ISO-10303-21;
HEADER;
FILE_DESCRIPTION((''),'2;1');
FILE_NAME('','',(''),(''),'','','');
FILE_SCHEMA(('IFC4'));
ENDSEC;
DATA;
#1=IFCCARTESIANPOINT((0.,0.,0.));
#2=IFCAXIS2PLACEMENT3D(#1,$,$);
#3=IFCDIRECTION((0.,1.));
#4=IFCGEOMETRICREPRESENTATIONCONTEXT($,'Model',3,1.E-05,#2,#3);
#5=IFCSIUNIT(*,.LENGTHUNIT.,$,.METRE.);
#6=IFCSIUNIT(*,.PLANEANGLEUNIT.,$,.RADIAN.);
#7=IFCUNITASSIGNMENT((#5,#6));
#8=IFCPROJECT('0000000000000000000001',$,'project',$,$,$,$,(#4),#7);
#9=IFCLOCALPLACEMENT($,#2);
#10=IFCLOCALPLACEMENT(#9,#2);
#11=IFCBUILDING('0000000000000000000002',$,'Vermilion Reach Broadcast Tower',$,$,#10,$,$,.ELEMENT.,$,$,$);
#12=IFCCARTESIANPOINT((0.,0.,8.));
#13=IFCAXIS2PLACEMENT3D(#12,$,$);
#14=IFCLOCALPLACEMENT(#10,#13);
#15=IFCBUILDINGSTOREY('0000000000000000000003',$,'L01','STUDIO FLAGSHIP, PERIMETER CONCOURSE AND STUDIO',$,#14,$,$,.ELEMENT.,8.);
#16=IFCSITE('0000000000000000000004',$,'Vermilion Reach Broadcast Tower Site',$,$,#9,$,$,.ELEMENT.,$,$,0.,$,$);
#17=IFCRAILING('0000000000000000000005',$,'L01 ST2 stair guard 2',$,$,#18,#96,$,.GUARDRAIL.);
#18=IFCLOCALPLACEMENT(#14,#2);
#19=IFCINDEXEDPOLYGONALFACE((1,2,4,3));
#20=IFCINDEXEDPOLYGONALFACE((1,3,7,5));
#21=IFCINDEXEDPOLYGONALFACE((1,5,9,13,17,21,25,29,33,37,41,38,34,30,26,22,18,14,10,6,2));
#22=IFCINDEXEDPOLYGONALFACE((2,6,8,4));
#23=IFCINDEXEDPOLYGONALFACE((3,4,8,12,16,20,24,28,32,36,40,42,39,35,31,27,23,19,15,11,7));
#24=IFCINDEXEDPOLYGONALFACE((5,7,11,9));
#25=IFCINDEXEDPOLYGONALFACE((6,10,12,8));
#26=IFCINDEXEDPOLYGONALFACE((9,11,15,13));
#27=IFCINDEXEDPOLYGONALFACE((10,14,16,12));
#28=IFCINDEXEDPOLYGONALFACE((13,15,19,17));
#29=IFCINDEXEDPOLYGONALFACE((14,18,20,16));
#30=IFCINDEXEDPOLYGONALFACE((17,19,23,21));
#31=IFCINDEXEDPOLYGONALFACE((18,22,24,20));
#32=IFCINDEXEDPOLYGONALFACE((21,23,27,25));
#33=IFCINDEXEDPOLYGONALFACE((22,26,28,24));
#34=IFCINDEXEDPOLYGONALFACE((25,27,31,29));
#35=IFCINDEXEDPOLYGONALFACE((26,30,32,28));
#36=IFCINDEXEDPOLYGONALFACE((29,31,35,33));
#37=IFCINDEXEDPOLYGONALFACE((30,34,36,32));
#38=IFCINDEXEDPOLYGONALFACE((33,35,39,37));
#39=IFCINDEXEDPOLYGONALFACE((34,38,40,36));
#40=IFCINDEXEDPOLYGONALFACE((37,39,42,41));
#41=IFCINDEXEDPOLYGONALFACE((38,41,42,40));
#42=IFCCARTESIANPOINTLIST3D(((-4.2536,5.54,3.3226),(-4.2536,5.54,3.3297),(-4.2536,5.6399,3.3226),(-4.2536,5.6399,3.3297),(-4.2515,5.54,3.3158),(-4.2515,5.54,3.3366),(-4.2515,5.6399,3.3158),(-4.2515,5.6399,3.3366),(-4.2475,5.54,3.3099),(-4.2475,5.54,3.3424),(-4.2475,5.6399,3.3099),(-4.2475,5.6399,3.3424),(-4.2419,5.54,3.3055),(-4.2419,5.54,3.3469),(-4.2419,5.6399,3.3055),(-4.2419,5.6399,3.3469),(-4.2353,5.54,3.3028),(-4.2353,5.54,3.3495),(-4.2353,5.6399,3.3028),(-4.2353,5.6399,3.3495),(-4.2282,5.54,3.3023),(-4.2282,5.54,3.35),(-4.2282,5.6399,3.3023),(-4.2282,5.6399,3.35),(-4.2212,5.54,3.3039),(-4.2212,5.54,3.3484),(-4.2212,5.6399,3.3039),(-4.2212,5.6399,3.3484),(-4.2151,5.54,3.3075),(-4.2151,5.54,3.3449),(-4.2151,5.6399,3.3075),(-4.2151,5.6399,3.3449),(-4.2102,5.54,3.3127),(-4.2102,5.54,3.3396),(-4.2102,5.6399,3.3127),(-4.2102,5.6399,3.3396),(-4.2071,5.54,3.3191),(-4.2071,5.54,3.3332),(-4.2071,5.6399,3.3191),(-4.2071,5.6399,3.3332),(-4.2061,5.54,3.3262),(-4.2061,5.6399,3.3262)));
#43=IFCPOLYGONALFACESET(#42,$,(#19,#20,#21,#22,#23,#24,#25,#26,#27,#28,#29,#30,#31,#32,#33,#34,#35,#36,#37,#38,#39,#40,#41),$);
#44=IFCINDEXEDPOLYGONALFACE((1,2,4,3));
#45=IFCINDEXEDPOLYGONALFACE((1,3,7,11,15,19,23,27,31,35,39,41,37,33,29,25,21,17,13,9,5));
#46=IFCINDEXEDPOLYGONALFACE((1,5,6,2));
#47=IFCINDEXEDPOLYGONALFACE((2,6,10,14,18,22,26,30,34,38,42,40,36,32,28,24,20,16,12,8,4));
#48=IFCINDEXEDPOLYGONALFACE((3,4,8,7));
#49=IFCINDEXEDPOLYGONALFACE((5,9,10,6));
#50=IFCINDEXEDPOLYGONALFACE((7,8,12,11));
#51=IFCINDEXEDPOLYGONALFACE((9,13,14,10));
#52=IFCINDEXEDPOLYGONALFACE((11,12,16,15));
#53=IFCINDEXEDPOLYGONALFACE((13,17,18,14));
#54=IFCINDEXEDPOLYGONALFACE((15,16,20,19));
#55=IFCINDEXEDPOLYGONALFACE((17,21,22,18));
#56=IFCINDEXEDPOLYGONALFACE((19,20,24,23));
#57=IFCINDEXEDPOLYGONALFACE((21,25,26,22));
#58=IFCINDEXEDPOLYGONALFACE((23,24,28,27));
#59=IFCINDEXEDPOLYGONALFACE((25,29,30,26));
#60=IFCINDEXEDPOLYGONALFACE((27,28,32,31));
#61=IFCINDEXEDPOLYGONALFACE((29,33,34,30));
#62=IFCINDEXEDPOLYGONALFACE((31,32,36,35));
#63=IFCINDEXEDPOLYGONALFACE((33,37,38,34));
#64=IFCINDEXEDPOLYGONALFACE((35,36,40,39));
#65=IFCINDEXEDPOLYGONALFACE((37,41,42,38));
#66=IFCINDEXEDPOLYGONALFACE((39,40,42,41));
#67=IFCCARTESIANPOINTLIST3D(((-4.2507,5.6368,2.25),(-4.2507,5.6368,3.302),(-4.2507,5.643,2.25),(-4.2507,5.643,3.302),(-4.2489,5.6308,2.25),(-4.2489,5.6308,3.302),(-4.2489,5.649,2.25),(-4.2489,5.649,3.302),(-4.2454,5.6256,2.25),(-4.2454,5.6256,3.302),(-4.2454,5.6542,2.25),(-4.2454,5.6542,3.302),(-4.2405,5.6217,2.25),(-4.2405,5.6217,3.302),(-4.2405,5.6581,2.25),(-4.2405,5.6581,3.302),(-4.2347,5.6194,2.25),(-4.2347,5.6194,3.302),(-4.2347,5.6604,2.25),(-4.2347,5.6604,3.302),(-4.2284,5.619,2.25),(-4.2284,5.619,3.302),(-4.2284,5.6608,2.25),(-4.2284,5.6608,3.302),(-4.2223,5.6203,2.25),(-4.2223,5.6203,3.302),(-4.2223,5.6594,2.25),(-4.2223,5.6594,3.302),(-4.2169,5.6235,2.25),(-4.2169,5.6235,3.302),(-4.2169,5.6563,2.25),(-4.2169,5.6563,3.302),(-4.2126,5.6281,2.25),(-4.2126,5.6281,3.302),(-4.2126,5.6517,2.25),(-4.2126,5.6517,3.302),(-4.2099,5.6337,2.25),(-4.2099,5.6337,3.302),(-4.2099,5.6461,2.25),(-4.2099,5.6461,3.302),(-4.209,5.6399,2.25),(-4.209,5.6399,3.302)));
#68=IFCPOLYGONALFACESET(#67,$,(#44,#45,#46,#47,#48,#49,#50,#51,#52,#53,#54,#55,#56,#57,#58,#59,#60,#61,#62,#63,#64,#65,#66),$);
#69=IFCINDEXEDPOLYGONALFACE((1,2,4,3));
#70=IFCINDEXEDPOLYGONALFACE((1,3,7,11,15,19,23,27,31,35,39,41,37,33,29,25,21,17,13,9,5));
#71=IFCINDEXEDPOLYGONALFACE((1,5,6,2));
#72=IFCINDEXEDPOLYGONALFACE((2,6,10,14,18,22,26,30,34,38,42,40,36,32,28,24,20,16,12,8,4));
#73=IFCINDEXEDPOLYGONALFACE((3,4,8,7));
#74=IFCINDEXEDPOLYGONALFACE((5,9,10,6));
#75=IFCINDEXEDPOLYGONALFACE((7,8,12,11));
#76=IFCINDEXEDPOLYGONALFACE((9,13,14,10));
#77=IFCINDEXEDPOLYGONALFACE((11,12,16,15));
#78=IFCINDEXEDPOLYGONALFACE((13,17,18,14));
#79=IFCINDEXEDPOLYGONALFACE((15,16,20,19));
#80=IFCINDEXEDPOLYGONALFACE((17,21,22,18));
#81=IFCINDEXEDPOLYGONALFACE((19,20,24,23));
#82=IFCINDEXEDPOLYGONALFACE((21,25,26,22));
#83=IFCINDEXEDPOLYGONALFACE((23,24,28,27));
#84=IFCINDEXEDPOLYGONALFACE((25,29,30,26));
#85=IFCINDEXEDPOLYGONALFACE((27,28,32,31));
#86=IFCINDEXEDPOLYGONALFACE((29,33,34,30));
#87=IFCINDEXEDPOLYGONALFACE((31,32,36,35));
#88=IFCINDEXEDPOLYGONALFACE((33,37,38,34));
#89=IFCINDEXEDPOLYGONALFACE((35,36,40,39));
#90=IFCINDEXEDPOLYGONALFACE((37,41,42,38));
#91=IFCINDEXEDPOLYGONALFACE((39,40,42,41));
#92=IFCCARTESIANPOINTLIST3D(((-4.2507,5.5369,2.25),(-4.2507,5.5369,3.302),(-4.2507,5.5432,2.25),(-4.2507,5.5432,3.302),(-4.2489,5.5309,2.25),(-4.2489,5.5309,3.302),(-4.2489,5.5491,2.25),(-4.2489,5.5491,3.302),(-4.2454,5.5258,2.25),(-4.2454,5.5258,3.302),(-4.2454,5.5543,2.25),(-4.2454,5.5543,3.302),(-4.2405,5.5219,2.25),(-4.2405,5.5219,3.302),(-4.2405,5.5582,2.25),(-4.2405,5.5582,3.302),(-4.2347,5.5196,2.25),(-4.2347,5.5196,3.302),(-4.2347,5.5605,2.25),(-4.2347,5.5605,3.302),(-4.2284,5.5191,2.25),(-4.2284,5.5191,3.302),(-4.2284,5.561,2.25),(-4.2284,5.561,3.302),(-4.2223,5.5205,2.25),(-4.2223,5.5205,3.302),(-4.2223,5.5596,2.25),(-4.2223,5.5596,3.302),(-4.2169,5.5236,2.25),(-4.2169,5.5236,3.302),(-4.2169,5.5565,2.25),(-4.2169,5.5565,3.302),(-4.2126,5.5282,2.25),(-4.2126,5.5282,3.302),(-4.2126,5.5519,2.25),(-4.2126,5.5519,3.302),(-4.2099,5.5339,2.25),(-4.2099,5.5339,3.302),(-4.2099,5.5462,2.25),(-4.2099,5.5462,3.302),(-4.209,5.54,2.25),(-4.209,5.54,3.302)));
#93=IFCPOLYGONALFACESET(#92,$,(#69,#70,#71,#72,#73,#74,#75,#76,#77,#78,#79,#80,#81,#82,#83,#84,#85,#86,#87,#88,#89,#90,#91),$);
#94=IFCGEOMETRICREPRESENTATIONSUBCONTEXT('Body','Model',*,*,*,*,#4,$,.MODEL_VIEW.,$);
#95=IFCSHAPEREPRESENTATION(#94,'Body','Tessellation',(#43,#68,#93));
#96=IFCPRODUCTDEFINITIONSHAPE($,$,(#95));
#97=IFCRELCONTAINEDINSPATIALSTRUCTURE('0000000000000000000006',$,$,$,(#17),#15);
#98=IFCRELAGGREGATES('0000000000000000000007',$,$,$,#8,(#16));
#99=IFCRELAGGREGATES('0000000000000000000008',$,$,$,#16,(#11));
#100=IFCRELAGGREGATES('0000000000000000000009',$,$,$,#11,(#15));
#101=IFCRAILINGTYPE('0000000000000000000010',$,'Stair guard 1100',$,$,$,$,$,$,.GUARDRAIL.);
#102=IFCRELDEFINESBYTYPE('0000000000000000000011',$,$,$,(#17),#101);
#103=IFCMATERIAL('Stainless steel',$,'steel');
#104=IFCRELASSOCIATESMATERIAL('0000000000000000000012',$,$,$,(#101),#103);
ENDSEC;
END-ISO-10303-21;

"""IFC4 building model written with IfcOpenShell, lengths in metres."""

from ifc_helpers import new_model, si_unit, direction, frame, origin, origin_2d, place, context, subcontext, project, spatial, circle, extrude, material, type_object, element, save


model = new_model("IFC4")

# Units and contexts
model_context = context("Model", 3, precision=1e-05, world=origin(), true_north=direction((0.0, 1.0)))
body_context = subcontext(model_context, "Body", "Model", "MODEL_VIEW")
ifc_project = project(units=[si_unit("LENGTHUNIT", "METRE"), si_unit("PLANEANGLEUNIT", "RADIAN")], contexts=[model_context])

# Site, building, storey
site_placement = place(None, origin())
site = spatial("IfcSite", under=ifc_project, at=site_placement, Name="Vermilion Reach Broadcast Tower Site", CompositionType="ELEMENT", RefElevation=0.0)
building_placement = place(site_placement, origin())
building = spatial("IfcBuilding", under=site, at=building_placement, Name="Vermilion Reach Broadcast Tower", CompositionType="ELEMENT")
storey_placement = place(building_placement, frame((0.0, 0.0, 8.0)))
storey = spatial("IfcBuildingStorey", under=building, at=storey_placement, Name="L01", Description="STUDIO FLAGSHIP, PERIMETER CONCOURSE AND STUDIO", CompositionType="ELEMENT", Elevation=8.0)

# Railing
ifc_material_1 = material(Name="Stainless steel", Category="steel")
railing_type_1 = type_object("IfcRailingType", Name="Stair guard 1100", PredefinedType="GUARDRAIL", material=ifc_material_1)
railing_1_placement = place(storey_placement, frame((-4.23, 5.6399, 2.25)))
element("IfcRailing", 1, at=railing_1_placement, inside=storey, type_object=railing_type_1, Name="L01 ST2 stair guard 2", PredefinedType="GUARDRAIL", context=body_context, shape_type="SweptSolid", body=[
    extrude(circle(Radius=0.0239, at=origin_2d()), frame((0.0, 0.0, 1.0762), z_axis=(0.0, -1.0, 0.0), x_axis=(1.0, 0.0, 0.0)), (0.0, 0.0, 1.0), 0.0999),
    extrude(circle(Radius=0.021, at=origin_2d()), origin(), (0.0, 0.0, 1.0), 1.052),
    extrude(circle(Radius=0.021, at=origin_2d()), frame((0.0, -0.0999, 0.0)), (0.0, 0.0, 1.0), 1.052),
])

save(model, "model.ifc")
